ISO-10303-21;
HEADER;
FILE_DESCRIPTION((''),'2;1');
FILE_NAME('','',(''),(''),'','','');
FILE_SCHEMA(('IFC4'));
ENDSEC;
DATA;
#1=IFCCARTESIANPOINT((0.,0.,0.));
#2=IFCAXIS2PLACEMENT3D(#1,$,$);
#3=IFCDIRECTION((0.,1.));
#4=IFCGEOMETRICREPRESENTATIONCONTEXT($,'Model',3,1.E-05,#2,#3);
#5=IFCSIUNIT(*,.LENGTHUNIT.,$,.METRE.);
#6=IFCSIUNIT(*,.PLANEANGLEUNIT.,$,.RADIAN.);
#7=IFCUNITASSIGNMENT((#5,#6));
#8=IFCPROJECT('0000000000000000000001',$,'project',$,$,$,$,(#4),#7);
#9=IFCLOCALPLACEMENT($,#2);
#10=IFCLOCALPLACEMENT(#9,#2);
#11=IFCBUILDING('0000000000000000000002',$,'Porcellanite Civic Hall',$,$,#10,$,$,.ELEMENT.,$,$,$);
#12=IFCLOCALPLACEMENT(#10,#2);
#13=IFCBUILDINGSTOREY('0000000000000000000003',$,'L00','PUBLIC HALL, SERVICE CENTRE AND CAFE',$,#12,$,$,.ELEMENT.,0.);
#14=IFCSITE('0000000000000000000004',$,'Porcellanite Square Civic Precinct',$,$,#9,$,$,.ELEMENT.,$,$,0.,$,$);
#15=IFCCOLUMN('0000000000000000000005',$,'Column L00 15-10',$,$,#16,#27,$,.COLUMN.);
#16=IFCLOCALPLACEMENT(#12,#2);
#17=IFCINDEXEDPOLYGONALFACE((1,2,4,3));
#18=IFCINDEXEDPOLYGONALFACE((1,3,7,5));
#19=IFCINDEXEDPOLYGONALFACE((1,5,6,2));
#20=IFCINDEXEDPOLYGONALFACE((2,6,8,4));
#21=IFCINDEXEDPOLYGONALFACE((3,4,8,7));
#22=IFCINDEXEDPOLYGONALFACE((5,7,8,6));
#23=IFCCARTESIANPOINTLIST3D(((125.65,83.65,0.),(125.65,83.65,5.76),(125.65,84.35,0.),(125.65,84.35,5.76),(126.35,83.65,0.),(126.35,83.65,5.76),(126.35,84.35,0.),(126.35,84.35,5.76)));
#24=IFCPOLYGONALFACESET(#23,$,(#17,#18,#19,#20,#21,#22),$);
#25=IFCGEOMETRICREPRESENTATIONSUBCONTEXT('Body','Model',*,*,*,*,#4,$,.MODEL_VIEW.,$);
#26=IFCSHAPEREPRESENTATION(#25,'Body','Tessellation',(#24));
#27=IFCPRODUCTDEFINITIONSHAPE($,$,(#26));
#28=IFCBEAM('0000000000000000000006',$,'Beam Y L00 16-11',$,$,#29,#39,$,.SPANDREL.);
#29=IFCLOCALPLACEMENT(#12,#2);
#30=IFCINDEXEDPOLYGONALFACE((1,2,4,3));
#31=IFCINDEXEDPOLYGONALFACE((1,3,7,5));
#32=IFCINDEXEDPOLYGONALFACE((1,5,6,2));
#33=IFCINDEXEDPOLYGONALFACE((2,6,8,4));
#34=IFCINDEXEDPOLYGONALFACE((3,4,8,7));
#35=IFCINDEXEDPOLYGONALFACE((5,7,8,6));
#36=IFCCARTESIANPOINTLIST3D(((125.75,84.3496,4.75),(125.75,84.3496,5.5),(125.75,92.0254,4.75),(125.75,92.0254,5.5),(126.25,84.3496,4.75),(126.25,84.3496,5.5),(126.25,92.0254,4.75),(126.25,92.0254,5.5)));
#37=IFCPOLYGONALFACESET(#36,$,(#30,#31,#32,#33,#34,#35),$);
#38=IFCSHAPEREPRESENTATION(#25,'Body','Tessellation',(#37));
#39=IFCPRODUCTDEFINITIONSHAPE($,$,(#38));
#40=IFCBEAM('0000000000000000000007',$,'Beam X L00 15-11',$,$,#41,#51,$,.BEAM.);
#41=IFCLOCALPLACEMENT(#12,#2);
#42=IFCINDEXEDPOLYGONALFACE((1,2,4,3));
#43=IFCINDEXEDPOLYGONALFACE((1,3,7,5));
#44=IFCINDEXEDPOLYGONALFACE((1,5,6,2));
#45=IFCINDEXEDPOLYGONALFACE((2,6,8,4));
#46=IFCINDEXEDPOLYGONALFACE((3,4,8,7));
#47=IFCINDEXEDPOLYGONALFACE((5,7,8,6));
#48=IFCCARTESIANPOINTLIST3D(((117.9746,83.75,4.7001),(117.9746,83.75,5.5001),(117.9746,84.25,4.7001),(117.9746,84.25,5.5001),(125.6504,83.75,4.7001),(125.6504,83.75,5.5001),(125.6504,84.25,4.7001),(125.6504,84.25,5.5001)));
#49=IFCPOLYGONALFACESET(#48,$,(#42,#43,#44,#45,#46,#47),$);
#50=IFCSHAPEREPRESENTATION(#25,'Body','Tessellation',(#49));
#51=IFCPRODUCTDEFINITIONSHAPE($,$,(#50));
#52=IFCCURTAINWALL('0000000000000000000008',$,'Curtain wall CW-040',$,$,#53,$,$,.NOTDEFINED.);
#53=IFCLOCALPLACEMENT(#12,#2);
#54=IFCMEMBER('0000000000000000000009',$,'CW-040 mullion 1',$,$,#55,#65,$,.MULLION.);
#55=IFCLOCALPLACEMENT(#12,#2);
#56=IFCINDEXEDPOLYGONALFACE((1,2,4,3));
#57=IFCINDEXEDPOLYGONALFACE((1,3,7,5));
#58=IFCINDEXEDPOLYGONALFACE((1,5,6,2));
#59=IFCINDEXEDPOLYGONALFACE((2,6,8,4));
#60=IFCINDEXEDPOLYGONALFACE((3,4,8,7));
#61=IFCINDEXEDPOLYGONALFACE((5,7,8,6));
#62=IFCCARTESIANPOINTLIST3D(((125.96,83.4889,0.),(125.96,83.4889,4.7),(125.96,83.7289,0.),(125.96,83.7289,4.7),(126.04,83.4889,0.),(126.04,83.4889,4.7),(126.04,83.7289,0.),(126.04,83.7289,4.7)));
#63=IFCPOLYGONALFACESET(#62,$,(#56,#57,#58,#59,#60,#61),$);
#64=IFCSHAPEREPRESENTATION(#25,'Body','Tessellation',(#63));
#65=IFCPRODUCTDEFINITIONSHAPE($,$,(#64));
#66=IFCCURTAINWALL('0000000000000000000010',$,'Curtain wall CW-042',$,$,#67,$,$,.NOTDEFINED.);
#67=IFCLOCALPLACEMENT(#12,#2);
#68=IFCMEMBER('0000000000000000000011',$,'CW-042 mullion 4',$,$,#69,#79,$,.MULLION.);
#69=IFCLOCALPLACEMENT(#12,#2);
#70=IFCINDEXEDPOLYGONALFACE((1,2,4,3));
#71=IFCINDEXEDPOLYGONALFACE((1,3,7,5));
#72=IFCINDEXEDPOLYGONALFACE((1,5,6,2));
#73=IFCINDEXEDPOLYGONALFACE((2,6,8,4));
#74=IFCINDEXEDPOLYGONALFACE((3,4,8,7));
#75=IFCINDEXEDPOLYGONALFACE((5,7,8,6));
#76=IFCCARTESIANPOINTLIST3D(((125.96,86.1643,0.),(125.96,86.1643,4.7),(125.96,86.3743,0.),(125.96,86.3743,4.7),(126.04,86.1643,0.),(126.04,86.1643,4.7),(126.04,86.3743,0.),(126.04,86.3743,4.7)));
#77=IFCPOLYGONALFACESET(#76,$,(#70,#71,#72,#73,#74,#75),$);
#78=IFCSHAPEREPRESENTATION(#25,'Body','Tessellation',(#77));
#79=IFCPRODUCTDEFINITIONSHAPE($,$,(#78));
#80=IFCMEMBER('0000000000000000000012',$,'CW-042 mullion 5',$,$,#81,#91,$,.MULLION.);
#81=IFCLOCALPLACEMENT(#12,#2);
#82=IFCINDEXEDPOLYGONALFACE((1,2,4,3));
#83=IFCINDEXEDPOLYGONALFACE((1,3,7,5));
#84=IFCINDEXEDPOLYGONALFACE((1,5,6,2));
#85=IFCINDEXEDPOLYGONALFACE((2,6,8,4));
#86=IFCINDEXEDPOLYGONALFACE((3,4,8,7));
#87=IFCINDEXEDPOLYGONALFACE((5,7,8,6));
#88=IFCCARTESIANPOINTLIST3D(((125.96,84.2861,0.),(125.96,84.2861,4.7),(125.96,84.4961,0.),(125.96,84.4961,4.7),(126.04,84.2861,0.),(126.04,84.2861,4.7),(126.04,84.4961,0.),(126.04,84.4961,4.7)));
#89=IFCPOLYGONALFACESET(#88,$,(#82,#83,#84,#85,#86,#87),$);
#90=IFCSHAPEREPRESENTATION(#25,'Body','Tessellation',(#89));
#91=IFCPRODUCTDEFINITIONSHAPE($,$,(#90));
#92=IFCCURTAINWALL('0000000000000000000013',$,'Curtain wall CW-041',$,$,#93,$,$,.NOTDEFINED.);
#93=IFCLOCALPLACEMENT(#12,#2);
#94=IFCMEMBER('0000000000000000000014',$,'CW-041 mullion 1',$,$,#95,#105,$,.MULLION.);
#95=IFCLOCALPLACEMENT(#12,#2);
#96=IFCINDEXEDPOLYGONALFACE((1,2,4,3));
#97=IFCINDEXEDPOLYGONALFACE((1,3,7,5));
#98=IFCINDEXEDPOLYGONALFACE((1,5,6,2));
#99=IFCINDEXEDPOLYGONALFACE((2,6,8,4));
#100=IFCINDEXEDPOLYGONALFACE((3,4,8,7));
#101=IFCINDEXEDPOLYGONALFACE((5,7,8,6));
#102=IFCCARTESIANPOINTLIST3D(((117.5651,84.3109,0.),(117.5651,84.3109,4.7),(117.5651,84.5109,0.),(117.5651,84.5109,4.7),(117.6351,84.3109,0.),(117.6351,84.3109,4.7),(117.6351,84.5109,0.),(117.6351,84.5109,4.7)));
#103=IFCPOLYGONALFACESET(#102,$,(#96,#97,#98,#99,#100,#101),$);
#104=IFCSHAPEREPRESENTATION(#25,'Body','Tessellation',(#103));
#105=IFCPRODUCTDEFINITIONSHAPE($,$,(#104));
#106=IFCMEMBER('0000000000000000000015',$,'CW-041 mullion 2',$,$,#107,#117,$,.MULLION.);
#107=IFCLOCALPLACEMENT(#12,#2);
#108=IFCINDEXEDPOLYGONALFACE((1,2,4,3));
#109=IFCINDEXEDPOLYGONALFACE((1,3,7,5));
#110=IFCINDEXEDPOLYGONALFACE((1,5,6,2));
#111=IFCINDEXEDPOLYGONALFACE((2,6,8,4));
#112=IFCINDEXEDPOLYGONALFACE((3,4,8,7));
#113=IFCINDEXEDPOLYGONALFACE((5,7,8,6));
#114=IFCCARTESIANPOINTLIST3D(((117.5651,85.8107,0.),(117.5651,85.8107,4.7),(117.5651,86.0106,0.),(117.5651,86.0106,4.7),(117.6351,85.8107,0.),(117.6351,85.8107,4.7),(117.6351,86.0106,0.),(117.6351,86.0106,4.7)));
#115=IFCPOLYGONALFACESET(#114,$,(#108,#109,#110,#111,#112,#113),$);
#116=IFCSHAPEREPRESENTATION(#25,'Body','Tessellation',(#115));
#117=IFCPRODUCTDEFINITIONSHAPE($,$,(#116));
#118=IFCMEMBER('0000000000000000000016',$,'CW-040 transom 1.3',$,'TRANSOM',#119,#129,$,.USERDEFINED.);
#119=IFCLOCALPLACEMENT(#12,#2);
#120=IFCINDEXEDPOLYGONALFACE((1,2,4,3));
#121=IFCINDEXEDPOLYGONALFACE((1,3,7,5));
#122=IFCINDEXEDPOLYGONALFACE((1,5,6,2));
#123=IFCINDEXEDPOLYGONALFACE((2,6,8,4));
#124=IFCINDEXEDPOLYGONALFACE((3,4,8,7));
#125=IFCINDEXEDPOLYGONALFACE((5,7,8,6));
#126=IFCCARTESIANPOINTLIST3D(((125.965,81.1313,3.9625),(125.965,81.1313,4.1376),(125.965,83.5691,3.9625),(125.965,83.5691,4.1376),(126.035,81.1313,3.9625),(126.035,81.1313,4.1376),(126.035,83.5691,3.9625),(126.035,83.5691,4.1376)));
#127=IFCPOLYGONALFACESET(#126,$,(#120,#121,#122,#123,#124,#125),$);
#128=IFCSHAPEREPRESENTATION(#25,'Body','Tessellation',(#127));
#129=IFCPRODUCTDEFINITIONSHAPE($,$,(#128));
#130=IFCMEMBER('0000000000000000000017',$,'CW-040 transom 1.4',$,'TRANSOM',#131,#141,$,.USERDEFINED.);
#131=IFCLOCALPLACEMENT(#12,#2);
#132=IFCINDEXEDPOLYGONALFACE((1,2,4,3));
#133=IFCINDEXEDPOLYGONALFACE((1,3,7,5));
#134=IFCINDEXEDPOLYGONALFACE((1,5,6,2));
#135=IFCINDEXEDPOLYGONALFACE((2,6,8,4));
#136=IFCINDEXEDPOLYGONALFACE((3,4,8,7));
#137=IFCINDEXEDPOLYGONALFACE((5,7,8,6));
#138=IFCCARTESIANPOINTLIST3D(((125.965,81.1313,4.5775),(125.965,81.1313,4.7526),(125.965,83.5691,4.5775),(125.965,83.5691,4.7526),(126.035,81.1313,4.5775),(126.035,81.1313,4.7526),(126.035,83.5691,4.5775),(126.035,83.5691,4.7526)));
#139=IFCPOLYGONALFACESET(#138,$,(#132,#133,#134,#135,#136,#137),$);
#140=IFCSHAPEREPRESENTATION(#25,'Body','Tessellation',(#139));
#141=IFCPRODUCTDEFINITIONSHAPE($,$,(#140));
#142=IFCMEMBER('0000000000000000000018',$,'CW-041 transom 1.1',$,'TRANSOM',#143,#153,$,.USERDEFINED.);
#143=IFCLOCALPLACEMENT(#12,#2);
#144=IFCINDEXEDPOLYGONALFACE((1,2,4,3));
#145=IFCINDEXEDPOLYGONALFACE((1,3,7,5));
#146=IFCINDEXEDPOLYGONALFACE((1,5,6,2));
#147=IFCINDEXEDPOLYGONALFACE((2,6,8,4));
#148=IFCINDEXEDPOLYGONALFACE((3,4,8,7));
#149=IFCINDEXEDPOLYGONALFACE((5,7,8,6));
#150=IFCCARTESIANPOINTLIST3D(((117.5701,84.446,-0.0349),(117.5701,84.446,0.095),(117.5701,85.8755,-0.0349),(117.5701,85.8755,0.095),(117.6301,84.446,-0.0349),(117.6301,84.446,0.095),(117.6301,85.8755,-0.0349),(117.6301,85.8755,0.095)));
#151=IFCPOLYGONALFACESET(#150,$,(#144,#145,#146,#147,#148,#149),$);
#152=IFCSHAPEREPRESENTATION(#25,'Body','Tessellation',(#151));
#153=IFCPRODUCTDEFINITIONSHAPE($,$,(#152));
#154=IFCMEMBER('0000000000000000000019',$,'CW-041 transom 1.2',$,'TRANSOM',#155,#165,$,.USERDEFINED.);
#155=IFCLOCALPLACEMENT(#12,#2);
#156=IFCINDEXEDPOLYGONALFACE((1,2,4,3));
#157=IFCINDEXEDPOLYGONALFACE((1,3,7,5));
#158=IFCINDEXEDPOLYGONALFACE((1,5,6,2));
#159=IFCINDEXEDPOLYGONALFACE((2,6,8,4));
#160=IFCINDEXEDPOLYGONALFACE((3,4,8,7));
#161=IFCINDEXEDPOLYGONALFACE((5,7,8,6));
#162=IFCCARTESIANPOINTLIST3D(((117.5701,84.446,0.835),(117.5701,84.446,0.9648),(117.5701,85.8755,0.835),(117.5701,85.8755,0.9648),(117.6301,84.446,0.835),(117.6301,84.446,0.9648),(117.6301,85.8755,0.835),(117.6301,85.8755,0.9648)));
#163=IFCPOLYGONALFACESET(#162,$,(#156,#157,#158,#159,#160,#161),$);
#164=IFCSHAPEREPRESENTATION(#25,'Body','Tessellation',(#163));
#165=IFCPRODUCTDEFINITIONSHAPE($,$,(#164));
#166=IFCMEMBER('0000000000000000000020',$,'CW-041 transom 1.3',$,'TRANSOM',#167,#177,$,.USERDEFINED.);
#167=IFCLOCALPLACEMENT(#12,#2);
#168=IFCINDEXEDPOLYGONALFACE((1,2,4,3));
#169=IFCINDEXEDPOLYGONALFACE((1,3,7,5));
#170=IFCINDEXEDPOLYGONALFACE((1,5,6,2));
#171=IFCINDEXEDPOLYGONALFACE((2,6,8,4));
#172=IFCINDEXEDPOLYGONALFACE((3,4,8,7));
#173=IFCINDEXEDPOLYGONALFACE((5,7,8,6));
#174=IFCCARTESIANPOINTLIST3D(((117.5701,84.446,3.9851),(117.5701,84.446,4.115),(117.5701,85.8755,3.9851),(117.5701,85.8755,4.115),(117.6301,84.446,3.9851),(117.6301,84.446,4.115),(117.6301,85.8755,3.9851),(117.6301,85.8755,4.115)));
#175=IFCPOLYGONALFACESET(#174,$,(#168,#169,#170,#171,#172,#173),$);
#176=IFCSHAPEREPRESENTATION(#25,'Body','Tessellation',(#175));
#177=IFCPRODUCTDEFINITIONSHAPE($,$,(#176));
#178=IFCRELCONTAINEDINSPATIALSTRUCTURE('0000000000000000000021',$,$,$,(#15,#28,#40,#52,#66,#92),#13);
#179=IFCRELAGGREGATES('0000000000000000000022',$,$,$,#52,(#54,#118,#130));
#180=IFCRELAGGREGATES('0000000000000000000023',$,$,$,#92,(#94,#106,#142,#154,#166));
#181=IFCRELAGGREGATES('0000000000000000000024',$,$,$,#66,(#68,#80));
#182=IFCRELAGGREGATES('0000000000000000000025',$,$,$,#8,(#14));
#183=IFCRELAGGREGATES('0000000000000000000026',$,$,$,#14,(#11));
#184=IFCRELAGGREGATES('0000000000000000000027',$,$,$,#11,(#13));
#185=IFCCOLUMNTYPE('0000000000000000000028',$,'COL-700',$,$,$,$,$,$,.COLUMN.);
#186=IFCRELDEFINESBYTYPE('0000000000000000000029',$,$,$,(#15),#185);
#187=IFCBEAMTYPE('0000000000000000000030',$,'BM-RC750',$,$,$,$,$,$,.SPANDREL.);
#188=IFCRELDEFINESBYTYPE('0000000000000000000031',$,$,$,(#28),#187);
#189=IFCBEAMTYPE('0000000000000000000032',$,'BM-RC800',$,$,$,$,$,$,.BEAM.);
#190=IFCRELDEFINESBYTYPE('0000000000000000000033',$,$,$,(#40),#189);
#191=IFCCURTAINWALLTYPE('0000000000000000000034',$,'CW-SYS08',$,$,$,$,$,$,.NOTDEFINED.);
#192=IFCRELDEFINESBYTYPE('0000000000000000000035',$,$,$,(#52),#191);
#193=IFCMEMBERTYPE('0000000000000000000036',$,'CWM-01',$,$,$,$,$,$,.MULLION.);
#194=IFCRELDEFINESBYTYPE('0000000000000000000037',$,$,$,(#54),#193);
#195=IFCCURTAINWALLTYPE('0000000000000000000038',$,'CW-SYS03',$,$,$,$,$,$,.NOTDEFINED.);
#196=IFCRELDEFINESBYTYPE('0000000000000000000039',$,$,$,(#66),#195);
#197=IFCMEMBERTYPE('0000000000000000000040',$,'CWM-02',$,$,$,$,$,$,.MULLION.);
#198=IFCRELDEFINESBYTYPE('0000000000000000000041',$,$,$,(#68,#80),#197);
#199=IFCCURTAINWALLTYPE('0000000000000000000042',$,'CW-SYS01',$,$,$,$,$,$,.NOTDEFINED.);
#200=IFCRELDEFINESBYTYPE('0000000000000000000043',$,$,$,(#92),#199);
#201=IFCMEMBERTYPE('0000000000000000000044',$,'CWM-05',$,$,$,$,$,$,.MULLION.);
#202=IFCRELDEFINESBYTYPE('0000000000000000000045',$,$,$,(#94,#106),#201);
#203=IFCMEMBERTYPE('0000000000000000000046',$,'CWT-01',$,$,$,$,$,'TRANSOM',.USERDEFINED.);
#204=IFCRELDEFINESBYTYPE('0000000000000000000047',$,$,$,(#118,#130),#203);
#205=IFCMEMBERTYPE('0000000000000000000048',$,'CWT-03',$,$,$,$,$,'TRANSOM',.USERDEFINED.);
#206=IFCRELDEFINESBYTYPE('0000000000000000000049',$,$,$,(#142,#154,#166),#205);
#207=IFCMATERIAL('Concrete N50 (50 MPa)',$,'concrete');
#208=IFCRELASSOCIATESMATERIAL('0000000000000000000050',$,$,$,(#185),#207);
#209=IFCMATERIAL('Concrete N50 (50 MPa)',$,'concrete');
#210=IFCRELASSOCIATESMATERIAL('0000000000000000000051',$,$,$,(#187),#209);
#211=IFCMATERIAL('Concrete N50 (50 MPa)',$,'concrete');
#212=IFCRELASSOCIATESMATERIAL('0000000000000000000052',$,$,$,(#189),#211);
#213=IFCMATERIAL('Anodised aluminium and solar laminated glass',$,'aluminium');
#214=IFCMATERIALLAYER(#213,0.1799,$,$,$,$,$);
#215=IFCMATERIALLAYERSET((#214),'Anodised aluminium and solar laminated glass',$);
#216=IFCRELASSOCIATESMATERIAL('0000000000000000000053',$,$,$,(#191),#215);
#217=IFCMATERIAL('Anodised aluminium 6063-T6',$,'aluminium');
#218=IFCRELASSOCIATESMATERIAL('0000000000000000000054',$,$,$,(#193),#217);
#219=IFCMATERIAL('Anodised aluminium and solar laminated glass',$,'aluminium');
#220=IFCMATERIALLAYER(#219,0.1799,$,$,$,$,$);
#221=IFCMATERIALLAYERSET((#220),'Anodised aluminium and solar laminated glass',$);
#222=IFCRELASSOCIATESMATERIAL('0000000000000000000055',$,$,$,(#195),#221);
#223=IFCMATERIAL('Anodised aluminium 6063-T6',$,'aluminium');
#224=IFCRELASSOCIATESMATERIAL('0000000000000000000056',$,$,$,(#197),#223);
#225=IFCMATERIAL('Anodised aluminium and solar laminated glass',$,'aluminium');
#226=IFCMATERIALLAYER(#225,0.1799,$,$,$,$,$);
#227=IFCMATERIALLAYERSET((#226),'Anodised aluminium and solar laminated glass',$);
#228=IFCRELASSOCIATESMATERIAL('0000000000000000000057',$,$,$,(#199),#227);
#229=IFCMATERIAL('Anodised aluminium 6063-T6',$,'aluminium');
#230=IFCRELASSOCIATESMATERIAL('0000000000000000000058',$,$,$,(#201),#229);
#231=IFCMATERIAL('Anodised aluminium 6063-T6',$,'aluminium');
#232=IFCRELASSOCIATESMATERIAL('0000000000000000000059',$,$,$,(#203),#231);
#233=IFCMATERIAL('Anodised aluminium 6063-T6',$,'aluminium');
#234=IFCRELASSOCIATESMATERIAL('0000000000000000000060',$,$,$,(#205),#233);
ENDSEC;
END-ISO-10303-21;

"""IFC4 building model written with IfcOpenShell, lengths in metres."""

from ifc_helpers import new_model, si_unit, direction, frame, origin, origin_2d, place, context, subcontext, project, spatial, rectangle, extrude, material, layer, layer_set, material_profile, profile_set, type_object, element, aggregate, save


model = new_model("IFC4")

# Units and contexts
model_context = context("Model", 3, precision=1e-05, world=origin(), true_north=direction((0.0, 1.0)))
body_context = subcontext(model_context, "Body", "Model", "MODEL_VIEW")
ifc_project = project(units=[si_unit("LENGTHUNIT", "METRE"), si_unit("PLANEANGLEUNIT", "RADIAN")], contexts=[model_context])

# Site, building, storey
site_placement = place(None, origin())
site = spatial("IfcSite", under=ifc_project, at=site_placement, Name="Porcellanite Square Civic Precinct", CompositionType="ELEMENT", RefElevation=0.0)
building_placement = place(site_placement, origin())
building = spatial("IfcBuilding", under=site, at=building_placement, Name="Porcellanite Civic Hall", CompositionType="ELEMENT")
storey_placement = place(building_placement, origin())
storey = spatial("IfcBuildingStorey", under=building, at=storey_placement, Name="L00", Description="PUBLIC HALL, SERVICE CENTRE AND CAFE", CompositionType="ELEMENT", Elevation=0.0)

# Column
ifc_material_1 = material(Name="Concrete N50 (50 MPa)", Category="concrete")
ifc_material_profile_1 = material_profile(ifc_material_1, rectangle(XDim=0.7, YDim=0.7, at=origin_2d()), Name="RC-700x700")
ifc_profile_set_1 = profile_set([ifc_material_profile_1], Name="Concrete N50 (50 MPa)")
column_type = type_object("IfcColumnType", Name="COL-700", PredefinedType="COLUMN", material=ifc_profile_set_1)
column_placement = place(storey_placement, frame((126.0, 84.0, 0.0), z_axis=(0.0, 0.0, 1.0), x_axis=(1.0, 0.0, 0.0)))
element("IfcColumn", 1, at=column_placement, inside=storey, type_object=column_type, Name="Column L00 15-10", PredefinedType="COLUMN", context=body_context, shape_type="SweptSolid", body=[
    extrude(rectangle(XDim=0.7, YDim=0.7, at=origin_2d()), origin(), (0.0, 0.0, 1.0), 5.76),
])

# Beams
ifc_material_2 = material(Name="Concrete N50 (50 MPa)", Category="concrete")
ifc_material_profile_2 = material_profile(ifc_material_2, rectangle(XDim=0.5, YDim=0.75, at=origin_2d()), Name="RC-500x750")
ifc_profile_set_2 = profile_set([ifc_material_profile_2], Name="Concrete N50 (50 MPa)")
beam_type_1 = type_object("IfcBeamType", Name="BM-RC750", PredefinedType="SPANDREL", material=ifc_profile_set_2)
beam_1_placement = place(storey_placement, frame((126.0, 84.3496, 5.125), z_axis=(0.0, 1.0, 0.0), x_axis=(-1.0, 0.0, 0.0)))
element("IfcBeam", 2, at=beam_1_placement, inside=storey, type_object=beam_type_1, Name="Beam Y L00 16-11", PredefinedType="SPANDREL", context=body_context, shape_type="SweptSolid", body=[
    extrude(rectangle(XDim=0.5, YDim=0.75, at=origin_2d()), origin(), (0.0, 0.0, 1.0), 7.6758),
])
ifc_material_3 = material(Name="Concrete N50 (50 MPa)", Category="concrete")
ifc_material_profile_3 = material_profile(ifc_material_3, rectangle(XDim=0.5, YDim=0.8, at=origin_2d()), Name="RC-500x800")
ifc_profile_set_3 = profile_set([ifc_material_profile_3], Name="Concrete N50 (50 MPa)")
beam_type_2 = type_object("IfcBeamType", Name="BM-RC800", PredefinedType="BEAM", material=ifc_profile_set_3)
beam_2_placement = place(storey_placement, frame((117.9746, 84.0, 5.1001), z_axis=(1.0, 0.0, 0.0), x_axis=(0.0, 1.0, 0.0)))
element("IfcBeam", 3, at=beam_2_placement, inside=storey, type_object=beam_type_2, Name="Beam X L00 15-11", PredefinedType="BEAM", context=body_context, shape_type="SweptSolid", body=[
    extrude(rectangle(XDim=0.5, YDim=0.8, at=origin_2d()), origin(), (0.0, 0.0, 1.0), 7.6758),
])

# Curtain wall, member
ifc_material_4 = material(Name="Anodised aluminium and solar laminated glass", Category="aluminium")
ifc_layer_1 = layer(ifc_material_4, 0.1799)
ifc_layer_set_1 = layer_set([ifc_layer_1], Name="Anodised aluminium and solar laminated glass")
curtain_wall_type_1 = type_object("IfcCurtainWallType", Name="CW-SYS08", PredefinedType="NOTDEFINED", material=ifc_layer_set_1)
curtain_wall_1_placement = place(storey_placement, origin())
curtain_wall_1 = element("IfcCurtainWall", 4, at=curtain_wall_1_placement, inside=storey, type_object=curtain_wall_type_1, Name="Curtain wall CW-040", PredefinedType="NOTDEFINED")
ifc_material_5 = material(Name="Anodised aluminium 6063-T6", Category="aluminium")
ifc_material_profile_4 = material_profile(ifc_material_5, rectangle(XDim=0.0801, YDim=0.24, at=origin_2d()), Name="AL-80x240")
ifc_profile_set_4 = profile_set([ifc_material_profile_4], Name="Anodised aluminium 6063-T6")
member_type_1 = type_object("IfcMemberType", Name="CWM-01", PredefinedType="MULLION", material=ifc_profile_set_4)
member_1_placement = place(storey_placement, frame((126.0, 83.6089, 0.0), z_axis=(0.0, 0.0, 1.0), x_axis=(1.0, 0.0, 0.0)))
member_1 = element("IfcMember", 5, at=member_1_placement, type_object=member_type_1, Name="CW-040 mullion 1", PredefinedType="MULLION", context=body_context, shape_type="SweptSolid", body=[
    extrude(rectangle(XDim=0.0801, YDim=0.24, at=origin_2d()), origin(), (0.0, 0.0, 1.0), 4.7),
])

# Curtain walls, members
ifc_material_6 = material(Name="Anodised aluminium and solar laminated glass", Category="aluminium")
ifc_layer_2 = layer(ifc_material_6, 0.1799)
ifc_layer_set_2 = layer_set([ifc_layer_2], Name="Anodised aluminium and solar laminated glass")
curtain_wall_type_2 = type_object("IfcCurtainWallType", Name="CW-SYS03", PredefinedType="NOTDEFINED", material=ifc_layer_set_2)
curtain_wall_2_placement = place(storey_placement, origin())
curtain_wall_2 = element("IfcCurtainWall", 6, at=curtain_wall_2_placement, inside=storey, type_object=curtain_wall_type_2, Name="Curtain wall CW-042", PredefinedType="NOTDEFINED")
ifc_material_7 = material(Name="Anodised aluminium 6063-T6", Category="aluminium")
ifc_material_profile_5 = material_profile(ifc_material_7, rectangle(XDim=0.0801, YDim=0.21, at=origin_2d()), Name="AL-80x210")
ifc_profile_set_5 = profile_set([ifc_material_profile_5], Name="Anodised aluminium 6063-T6")
member_type_2 = type_object("IfcMemberType", Name="CWM-02", PredefinedType="MULLION", material=ifc_profile_set_5)
member_2_placement = place(storey_placement, frame((126.0, 86.2693, 0.0), z_axis=(0.0, 0.0, 1.0), x_axis=(1.0, 0.0, 0.0)))
member_2 = element("IfcMember", 7, at=member_2_placement, type_object=member_type_2, Name="CW-042 mullion 4", PredefinedType="MULLION", context=body_context, shape_type="SweptSolid", body=[
    extrude(rectangle(XDim=0.0801, YDim=0.21, at=origin_2d()), origin(), (0.0, 0.0, 1.0), 4.7),
])
member_3_placement = place(storey_placement, frame((126.0, 84.3911, 0.0), z_axis=(0.0, 0.0, 1.0), x_axis=(1.0, 0.0, 0.0)))
member_3 = element("IfcMember", 8, at=member_3_placement, type_object=member_type_2, Name="CW-042 mullion 5", PredefinedType="MULLION", context=body_context, shape_type="SweptSolid", body=[
    extrude(rectangle(XDim=0.0801, YDim=0.21, at=origin_2d()), origin(), (0.0, 0.0, 1.0), 4.7),
])
ifc_material_8 = material(Name="Anodised aluminium and solar laminated glass", Category="aluminium")
ifc_layer_3 = layer(ifc_material_8, 0.1799)
ifc_layer_set_3 = layer_set([ifc_layer_3], Name="Anodised aluminium and solar laminated glass")
curtain_wall_type_3 = type_object("IfcCurtainWallType", Name="CW-SYS01", PredefinedType="NOTDEFINED", material=ifc_layer_set_3)
curtain_wall_3_placement = place(storey_placement, origin())
curtain_wall_3 = element("IfcCurtainWall", 9, at=curtain_wall_3_placement, inside=storey, type_object=curtain_wall_type_3, Name="Curtain wall CW-041", PredefinedType="NOTDEFINED")
ifc_material_9 = material(Name="Anodised aluminium 6063-T6", Category="aluminium")
ifc_material_profile_6 = material_profile(ifc_material_9, rectangle(XDim=0.0701, YDim=0.2, at=origin_2d()), Name="AL-70x200")
ifc_profile_set_6 = profile_set([ifc_material_profile_6], Name="Anodised aluminium 6063-T6")
member_type_3 = type_object("IfcMemberType", Name="CWM-05", PredefinedType="MULLION", material=ifc_profile_set_6)
member_4_placement = place(storey_placement, frame((117.6001, 84.4109, 0.0), z_axis=(0.0, 0.0, 1.0), x_axis=(-1.0, 0.0, 0.0)))
member_4 = element("IfcMember", 10, at=member_4_placement, type_object=member_type_3, Name="CW-041 mullion 1", PredefinedType="MULLION", context=body_context, shape_type="SweptSolid", body=[
    extrude(rectangle(XDim=0.0701, YDim=0.2, at=origin_2d()), origin(), (0.0, 0.0, 1.0), 4.7),
])
member_5_placement = place(storey_placement, frame((117.6001, 85.9106, 0.0), z_axis=(0.0, 0.0, 1.0), x_axis=(-1.0, 0.0, 0.0)))
member_5 = element("IfcMember", 11, at=member_5_placement, type_object=member_type_3, Name="CW-041 mullion 2", PredefinedType="MULLION", context=body_context, shape_type="SweptSolid", body=[
    extrude(rectangle(XDim=0.0701, YDim=0.2, at=origin_2d()), origin(), (0.0, 0.0, 1.0), 4.7),
])

# Members
ifc_material_10 = material(Name="Anodised aluminium 6063-T6", Category="aluminium")
ifc_material_profile_7 = material_profile(ifc_material_10, rectangle(XDim=0.0701, YDim=0.175, at=origin_2d()), Name="AL-70x175")
ifc_profile_set_7 = profile_set([ifc_material_profile_7], Name="Anodised aluminium 6063-T6")
member_type_4 = type_object("IfcMemberType", Name="CWT-01", ElementType="TRANSOM", PredefinedType="USERDEFINED", material=ifc_profile_set_7)
member_6_placement = place(storey_placement, frame((126.0, 83.5691, 4.05), z_axis=(0.0, -1.0, 0.0), x_axis=(1.0, 0.0, 0.0)))
member_6 = element("IfcMember", 12, at=member_6_placement, type_object=member_type_4, Name="CW-040 transom 1.3", ObjectType="TRANSOM", PredefinedType="USERDEFINED", context=body_context, shape_type="SweptSolid", body=[
    extrude(rectangle(XDim=0.0701, YDim=0.175, at=origin_2d()), origin(), (0.0, 0.0, 1.0), 2.4377),
])
member_7_placement = place(storey_placement, frame((126.0, 83.5691, 4.665), z_axis=(0.0, -1.0, 0.0), x_axis=(1.0, 0.0, 0.0)))
member_7 = element("IfcMember", 13, at=member_7_placement, type_object=member_type_4, Name="CW-040 transom 1.4", ObjectType="TRANSOM", PredefinedType="USERDEFINED", context=body_context, shape_type="SweptSolid", body=[
    extrude(rectangle(XDim=0.0701, YDim=0.175, at=origin_2d()), origin(), (0.0, 0.0, 1.0), 2.4377),
])
aggregate(curtain_wall_1, [member_1, member_6, member_7])
ifc_material_11 = material(Name="Anodised aluminium 6063-T6", Category="aluminium")
ifc_material_profile_8 = material_profile(ifc_material_11, rectangle(XDim=0.0601, YDim=0.1299, at=origin_2d()), Name="AL-60x130")
ifc_profile_set_8 = profile_set([ifc_material_profile_8], Name="Anodised aluminium 6063-T6")
member_type_5 = type_object("IfcMemberType", Name="CWT-03", ElementType="TRANSOM", PredefinedType="USERDEFINED", material=ifc_profile_set_8)
member_8_placement = place(storey_placement, frame((117.6001, 84.446, 0.03), z_axis=(0.0, 1.0, 0.0), x_axis=(-1.0, 0.0, 0.0)))
member_8 = element("IfcMember", 14, at=member_8_placement, type_object=member_type_5, Name="CW-041 transom 1.1", ObjectType="TRANSOM", PredefinedType="USERDEFINED", context=body_context, shape_type="SweptSolid", body=[
    extrude(rectangle(XDim=0.0601, YDim=0.1299, at=origin_2d()), origin(), (0.0, 0.0, 1.0), 1.4294),
])
member_9_placement = place(storey_placement, frame((117.6001, 84.446, 0.8999), z_axis=(0.0, 1.0, 0.0), x_axis=(-1.0, 0.0, 0.0)))
member_9 = element("IfcMember", 15, at=member_9_placement, type_object=member_type_5, Name="CW-041 transom 1.2", ObjectType="TRANSOM", PredefinedType="USERDEFINED", context=body_context, shape_type="SweptSolid", body=[
    extrude(rectangle(XDim=0.0601, YDim=0.1299, at=origin_2d()), origin(), (0.0, 0.0, 1.0), 1.4294),
])
member_10_placement = place(storey_placement, frame((117.6001, 84.446, 4.05), z_axis=(0.0, 1.0, 0.0), x_axis=(-1.0, 0.0, 0.0)))
member_10 = element("IfcMember", 16, at=member_10_placement, type_object=member_type_5, Name="CW-041 transom 1.3", ObjectType="TRANSOM", PredefinedType="USERDEFINED", context=body_context, shape_type="SweptSolid", body=[
    extrude(rectangle(XDim=0.0601, YDim=0.1299, at=origin_2d()), origin(), (0.0, 0.0, 1.0), 1.4294),
])

aggregate(curtain_wall_3, [member_4, member_5, member_8, member_9, member_10])
aggregate(curtain_wall_2, [member_2, member_3])

save(model, "model.ifc")
